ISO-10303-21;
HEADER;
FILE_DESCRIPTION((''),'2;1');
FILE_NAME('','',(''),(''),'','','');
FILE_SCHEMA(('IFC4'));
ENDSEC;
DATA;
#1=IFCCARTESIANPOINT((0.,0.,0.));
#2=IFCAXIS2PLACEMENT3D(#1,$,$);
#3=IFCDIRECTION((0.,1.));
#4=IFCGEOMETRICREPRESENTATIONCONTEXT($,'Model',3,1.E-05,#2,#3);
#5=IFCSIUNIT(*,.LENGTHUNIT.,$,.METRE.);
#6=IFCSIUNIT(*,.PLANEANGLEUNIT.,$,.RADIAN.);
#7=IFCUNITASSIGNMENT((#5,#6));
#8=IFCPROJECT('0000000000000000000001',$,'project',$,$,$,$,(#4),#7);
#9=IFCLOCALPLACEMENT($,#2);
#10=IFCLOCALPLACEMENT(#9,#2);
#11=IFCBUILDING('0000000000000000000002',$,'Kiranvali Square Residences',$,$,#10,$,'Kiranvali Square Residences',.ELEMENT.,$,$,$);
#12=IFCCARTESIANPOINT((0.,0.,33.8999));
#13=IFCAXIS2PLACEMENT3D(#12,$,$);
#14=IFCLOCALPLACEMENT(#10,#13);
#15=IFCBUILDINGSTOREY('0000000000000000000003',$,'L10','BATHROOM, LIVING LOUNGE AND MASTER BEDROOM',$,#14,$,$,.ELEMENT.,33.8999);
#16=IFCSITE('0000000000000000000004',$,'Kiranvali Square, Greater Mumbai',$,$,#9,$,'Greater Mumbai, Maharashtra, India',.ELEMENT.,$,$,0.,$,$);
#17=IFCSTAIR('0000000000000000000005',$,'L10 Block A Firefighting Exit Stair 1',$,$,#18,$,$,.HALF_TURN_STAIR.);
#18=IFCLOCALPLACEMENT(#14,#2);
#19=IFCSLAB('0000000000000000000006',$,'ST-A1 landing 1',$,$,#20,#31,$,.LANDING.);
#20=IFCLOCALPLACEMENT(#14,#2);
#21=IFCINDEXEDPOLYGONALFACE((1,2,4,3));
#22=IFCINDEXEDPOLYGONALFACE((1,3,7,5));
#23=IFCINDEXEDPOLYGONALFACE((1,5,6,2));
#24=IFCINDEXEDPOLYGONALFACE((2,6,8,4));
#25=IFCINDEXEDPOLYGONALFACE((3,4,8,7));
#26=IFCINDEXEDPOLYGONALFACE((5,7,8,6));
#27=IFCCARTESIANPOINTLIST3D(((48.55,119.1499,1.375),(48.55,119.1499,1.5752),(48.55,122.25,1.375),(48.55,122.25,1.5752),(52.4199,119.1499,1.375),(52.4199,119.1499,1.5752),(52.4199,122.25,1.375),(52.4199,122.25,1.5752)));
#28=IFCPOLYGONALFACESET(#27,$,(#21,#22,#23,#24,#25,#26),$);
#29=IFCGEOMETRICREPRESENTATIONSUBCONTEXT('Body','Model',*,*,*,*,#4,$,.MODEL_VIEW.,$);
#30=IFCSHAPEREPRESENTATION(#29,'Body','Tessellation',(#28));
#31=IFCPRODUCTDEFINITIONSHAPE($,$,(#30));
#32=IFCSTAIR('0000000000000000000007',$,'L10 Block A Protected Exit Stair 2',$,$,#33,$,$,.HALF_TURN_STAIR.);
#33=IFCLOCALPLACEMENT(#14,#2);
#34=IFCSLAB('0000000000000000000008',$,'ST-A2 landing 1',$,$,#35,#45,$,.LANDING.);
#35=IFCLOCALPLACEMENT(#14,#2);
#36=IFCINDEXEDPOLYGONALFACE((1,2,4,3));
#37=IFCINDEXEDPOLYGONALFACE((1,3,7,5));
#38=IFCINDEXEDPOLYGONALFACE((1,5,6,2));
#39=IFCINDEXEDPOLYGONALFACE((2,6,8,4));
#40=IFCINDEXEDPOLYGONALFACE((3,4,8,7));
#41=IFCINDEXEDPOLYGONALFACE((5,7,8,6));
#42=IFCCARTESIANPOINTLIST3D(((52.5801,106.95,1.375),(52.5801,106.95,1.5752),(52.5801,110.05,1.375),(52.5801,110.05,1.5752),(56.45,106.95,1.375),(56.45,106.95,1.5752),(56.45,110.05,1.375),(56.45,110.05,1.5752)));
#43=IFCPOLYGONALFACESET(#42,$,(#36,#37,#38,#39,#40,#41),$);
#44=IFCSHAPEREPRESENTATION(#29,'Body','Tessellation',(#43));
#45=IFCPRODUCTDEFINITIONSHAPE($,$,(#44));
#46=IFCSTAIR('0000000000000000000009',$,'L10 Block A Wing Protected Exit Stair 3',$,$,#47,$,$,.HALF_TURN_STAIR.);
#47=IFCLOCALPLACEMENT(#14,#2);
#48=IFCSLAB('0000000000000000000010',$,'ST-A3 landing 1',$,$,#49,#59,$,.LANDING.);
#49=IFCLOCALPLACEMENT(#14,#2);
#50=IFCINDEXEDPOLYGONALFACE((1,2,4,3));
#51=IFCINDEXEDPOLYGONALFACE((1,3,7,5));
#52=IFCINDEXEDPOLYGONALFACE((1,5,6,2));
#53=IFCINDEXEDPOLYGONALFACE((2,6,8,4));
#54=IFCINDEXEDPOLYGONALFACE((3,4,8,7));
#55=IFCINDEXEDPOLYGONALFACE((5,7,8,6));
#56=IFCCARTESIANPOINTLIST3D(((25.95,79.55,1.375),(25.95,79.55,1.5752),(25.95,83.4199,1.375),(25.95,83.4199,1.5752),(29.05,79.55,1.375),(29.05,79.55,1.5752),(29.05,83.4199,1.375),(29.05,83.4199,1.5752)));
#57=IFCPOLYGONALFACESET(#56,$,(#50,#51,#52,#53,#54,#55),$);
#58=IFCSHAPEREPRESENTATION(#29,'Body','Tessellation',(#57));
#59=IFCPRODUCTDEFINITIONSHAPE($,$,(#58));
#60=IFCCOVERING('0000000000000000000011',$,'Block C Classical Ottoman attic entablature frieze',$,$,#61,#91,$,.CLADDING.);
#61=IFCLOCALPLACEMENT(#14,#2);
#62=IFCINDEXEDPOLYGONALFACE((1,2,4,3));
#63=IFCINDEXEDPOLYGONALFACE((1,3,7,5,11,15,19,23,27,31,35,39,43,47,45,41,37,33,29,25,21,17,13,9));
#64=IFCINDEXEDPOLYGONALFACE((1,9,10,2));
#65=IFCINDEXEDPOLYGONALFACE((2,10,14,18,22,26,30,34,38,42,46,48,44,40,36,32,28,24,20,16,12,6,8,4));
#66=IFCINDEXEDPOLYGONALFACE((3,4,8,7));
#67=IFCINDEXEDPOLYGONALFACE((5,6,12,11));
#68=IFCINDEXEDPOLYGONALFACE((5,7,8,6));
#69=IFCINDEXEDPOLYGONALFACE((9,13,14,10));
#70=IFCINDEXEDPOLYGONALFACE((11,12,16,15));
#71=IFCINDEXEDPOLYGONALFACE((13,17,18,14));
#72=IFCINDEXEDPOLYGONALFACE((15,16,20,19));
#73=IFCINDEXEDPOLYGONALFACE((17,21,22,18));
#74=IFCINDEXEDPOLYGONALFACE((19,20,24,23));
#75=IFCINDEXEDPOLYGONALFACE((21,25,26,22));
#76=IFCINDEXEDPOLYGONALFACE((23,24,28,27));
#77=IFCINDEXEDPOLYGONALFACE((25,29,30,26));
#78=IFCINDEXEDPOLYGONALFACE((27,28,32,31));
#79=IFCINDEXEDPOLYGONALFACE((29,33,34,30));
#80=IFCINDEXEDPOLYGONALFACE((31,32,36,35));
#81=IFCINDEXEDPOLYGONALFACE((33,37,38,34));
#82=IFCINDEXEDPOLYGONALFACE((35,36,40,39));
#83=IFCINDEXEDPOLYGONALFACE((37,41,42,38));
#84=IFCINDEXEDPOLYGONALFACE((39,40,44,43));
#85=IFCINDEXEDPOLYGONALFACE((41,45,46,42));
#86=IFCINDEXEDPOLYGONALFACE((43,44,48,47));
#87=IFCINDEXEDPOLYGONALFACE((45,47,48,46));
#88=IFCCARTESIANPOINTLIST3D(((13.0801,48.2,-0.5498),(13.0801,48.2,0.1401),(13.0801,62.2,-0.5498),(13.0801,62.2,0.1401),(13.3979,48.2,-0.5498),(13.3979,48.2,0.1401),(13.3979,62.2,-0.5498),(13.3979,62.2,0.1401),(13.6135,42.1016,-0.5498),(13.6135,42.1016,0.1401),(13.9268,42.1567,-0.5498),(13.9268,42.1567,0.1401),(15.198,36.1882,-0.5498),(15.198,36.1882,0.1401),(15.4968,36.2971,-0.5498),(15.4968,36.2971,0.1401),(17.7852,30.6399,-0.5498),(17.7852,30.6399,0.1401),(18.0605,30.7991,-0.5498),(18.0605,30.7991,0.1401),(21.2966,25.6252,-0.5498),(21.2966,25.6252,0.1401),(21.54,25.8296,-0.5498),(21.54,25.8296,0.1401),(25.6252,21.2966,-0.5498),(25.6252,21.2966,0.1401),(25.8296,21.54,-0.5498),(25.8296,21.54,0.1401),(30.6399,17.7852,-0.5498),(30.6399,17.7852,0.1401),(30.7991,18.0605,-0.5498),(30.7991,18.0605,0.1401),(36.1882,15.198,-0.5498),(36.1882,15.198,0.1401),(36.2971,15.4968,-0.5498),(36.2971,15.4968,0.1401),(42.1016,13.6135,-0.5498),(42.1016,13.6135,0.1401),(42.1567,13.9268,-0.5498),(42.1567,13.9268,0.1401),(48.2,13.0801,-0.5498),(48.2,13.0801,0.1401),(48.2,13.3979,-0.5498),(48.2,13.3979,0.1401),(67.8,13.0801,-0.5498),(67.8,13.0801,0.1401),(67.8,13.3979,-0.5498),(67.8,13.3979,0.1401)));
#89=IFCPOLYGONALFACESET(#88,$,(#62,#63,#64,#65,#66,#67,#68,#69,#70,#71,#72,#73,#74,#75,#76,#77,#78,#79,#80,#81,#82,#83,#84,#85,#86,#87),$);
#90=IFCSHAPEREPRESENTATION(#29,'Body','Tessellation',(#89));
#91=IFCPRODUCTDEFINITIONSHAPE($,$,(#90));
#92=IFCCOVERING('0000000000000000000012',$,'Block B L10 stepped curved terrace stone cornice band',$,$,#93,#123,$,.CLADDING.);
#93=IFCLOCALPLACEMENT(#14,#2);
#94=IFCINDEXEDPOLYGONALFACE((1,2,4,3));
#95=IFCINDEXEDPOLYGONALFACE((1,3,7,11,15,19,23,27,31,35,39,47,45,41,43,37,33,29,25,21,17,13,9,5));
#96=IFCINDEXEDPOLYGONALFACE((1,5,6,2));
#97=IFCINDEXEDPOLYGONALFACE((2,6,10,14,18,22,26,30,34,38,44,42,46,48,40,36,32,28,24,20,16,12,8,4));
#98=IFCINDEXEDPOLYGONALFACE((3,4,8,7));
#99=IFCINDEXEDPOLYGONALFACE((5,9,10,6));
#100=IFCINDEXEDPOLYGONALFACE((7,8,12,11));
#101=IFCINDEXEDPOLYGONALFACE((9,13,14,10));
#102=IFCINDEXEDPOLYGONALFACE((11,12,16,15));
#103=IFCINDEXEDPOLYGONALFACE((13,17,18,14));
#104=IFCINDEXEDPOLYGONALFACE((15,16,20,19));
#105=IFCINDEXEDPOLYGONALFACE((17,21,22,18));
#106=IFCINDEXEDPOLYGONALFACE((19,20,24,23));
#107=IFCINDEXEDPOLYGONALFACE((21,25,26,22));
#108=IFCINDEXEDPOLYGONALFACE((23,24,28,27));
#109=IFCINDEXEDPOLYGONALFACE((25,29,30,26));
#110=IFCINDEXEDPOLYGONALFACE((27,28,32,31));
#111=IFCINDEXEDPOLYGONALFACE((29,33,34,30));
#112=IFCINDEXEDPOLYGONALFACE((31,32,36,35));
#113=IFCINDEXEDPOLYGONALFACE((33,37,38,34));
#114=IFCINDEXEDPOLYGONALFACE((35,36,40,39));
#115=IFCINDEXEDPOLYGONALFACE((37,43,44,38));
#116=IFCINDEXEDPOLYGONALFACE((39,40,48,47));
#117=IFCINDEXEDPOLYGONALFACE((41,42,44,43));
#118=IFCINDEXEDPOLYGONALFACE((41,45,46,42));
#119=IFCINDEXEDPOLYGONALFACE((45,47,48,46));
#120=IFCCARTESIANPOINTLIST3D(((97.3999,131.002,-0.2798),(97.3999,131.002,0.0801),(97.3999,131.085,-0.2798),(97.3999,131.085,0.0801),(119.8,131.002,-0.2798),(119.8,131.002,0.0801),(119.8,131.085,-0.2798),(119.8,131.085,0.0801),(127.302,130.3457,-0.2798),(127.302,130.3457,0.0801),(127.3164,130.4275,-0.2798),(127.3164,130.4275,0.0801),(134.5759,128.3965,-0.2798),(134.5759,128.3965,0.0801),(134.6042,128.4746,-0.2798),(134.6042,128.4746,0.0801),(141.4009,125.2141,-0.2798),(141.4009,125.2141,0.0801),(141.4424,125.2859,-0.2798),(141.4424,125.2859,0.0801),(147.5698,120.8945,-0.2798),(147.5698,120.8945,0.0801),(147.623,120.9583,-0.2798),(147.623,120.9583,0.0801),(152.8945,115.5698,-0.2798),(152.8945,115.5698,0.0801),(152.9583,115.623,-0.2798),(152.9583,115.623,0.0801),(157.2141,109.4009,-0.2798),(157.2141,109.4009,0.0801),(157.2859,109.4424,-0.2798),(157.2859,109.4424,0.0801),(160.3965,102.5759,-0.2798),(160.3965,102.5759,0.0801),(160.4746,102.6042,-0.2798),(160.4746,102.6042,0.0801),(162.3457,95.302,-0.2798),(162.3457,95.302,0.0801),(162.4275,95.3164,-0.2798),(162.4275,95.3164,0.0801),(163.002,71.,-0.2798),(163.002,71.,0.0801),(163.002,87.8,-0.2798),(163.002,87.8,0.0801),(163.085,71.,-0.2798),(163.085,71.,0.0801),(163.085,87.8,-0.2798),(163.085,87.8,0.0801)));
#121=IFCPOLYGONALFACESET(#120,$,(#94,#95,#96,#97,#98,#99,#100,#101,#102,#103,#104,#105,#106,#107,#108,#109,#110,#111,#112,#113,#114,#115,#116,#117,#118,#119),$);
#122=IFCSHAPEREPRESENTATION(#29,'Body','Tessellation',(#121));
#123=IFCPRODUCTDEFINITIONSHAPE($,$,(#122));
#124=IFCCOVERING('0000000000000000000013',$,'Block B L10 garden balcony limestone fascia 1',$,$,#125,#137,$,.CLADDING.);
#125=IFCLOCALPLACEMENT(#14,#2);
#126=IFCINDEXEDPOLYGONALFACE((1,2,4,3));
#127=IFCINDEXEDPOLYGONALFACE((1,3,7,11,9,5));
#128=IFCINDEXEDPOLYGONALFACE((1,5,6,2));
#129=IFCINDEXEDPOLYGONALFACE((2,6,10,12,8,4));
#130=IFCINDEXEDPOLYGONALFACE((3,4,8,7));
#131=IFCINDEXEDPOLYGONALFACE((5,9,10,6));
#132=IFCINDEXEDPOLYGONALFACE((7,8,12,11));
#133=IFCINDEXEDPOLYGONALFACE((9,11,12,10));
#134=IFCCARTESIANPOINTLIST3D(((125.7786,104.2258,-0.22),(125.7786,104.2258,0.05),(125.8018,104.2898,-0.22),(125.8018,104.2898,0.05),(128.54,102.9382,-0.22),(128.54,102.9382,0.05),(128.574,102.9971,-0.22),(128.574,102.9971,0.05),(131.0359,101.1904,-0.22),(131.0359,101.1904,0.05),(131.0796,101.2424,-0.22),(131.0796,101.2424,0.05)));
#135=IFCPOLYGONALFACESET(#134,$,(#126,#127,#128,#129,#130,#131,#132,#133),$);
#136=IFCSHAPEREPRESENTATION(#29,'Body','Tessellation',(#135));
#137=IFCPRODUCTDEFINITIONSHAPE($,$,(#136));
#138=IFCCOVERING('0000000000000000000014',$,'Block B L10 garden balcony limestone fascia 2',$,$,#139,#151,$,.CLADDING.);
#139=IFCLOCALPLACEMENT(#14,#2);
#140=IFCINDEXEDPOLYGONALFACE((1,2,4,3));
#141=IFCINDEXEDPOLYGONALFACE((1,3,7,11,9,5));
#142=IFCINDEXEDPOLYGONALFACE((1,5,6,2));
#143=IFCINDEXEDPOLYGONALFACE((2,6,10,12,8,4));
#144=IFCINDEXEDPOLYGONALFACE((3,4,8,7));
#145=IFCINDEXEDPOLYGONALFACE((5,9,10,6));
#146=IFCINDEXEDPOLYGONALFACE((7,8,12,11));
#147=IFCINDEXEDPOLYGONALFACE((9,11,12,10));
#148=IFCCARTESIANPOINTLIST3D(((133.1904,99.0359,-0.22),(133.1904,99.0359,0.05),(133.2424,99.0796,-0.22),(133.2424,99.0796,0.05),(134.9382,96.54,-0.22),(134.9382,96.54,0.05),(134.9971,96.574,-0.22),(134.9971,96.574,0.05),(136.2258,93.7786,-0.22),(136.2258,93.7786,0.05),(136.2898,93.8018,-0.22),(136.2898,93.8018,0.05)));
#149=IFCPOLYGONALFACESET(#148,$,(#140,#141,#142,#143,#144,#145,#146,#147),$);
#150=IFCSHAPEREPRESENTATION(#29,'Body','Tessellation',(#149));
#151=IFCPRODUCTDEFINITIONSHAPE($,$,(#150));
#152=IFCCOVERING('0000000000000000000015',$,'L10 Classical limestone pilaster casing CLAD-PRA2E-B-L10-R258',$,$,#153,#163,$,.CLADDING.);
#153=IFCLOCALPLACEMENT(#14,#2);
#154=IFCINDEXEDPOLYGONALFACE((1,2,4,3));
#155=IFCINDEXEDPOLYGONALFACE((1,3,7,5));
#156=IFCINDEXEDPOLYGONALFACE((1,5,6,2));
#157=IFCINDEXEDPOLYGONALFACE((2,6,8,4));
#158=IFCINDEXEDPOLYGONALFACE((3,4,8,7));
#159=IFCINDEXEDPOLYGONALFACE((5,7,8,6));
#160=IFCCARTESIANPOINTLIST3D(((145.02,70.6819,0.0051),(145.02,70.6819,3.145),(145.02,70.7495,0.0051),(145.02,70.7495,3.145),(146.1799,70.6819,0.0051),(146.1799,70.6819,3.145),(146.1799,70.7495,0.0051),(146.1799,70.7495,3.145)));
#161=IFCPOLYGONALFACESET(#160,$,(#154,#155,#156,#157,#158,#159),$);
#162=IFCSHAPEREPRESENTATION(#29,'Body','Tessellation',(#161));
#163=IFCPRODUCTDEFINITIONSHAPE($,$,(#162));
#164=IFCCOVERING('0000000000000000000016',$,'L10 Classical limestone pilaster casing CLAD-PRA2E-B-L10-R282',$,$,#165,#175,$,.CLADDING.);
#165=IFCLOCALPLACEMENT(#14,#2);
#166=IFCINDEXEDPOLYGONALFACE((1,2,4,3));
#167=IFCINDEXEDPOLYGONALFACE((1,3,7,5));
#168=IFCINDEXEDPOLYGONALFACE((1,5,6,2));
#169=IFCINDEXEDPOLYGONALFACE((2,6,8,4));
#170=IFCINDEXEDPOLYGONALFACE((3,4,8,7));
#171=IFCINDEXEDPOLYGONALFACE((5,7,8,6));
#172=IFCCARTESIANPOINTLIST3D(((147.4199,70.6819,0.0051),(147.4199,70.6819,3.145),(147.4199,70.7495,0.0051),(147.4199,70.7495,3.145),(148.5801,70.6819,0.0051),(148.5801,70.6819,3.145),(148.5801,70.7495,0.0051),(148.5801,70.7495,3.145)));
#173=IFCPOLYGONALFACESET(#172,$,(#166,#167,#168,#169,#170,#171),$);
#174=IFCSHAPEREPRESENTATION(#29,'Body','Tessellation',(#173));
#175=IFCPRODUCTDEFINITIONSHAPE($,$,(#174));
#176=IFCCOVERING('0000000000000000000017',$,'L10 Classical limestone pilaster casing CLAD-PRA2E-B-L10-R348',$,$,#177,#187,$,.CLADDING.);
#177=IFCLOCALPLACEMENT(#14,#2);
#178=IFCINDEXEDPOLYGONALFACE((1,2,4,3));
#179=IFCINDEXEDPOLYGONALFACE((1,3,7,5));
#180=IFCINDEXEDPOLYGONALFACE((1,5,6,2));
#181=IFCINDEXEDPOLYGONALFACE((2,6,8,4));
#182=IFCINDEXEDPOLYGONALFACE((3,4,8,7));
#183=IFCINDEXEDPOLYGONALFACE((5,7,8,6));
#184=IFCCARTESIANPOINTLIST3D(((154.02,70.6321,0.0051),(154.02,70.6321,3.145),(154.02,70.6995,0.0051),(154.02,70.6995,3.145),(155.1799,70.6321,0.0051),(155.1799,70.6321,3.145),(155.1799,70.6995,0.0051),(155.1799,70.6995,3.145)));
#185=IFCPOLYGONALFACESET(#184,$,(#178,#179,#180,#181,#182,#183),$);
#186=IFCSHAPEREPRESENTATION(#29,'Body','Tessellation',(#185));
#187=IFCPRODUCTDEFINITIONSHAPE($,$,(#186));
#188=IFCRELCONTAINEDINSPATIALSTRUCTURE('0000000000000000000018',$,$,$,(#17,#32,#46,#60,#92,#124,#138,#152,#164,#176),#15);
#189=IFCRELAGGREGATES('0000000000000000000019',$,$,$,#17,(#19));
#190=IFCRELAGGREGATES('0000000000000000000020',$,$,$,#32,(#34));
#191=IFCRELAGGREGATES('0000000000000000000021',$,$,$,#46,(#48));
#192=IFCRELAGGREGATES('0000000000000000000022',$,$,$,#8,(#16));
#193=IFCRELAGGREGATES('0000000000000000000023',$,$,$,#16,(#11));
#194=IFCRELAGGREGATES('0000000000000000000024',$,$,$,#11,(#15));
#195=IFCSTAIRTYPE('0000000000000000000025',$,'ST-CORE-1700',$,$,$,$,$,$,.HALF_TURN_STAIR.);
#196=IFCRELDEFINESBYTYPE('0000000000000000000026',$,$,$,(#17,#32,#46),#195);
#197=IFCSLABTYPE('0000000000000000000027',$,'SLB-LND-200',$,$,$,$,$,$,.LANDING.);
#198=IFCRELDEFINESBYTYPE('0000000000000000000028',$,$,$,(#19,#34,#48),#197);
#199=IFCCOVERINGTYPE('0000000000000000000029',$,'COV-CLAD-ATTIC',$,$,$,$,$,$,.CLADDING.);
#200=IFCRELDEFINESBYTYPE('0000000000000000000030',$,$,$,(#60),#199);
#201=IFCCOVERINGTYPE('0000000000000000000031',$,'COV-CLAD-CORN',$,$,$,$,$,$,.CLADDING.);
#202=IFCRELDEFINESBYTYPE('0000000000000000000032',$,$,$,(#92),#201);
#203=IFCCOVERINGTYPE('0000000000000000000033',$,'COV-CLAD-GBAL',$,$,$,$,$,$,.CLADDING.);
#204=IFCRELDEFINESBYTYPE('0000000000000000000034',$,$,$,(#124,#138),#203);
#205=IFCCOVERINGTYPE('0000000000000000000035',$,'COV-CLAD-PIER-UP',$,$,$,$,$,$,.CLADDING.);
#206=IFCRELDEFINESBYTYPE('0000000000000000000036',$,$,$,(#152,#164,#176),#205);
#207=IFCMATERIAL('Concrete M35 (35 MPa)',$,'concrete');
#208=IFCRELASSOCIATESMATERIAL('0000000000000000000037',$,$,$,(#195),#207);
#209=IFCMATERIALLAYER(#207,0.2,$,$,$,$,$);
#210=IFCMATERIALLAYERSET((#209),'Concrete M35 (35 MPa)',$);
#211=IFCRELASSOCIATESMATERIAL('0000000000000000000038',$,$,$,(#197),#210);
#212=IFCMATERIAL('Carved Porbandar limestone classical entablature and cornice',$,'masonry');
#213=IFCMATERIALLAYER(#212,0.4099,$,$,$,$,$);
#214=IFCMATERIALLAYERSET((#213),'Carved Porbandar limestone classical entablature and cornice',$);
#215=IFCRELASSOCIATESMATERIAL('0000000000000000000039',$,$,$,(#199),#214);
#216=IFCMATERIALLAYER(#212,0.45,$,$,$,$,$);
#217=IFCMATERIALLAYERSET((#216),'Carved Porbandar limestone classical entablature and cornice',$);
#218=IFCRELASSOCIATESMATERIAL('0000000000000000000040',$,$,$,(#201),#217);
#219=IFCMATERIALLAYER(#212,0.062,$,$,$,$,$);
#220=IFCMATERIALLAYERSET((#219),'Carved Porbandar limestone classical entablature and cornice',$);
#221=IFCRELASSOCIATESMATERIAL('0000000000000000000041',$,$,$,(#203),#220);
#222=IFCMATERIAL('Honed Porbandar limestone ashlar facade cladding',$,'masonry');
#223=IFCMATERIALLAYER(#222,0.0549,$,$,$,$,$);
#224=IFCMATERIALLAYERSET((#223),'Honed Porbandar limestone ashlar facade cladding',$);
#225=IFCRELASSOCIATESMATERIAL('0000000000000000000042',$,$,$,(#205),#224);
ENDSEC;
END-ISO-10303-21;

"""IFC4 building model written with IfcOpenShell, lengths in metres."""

from ifc_helpers import new_model, si_unit, direction, frame, origin, place, context, subcontext, project, spatial, polyline, outline, extrude, material, layer, layer_set, type_object, element, aggregate, save


model = new_model("IFC4")

# Units and contexts
model_context = context("Model", 3, precision=1e-05, world=origin(), true_north=direction((0.0, 1.0)))
body_context = subcontext(model_context, "Body", "Model", "MODEL_VIEW")
ifc_project = project(units=[si_unit("LENGTHUNIT", "METRE"), si_unit("PLANEANGLEUNIT", "RADIAN")], contexts=[model_context])

# Site, building, storey
site_placement = place(None, origin())
site = spatial("IfcSite", under=ifc_project, at=site_placement, Name="Kiranvali Square, Greater Mumbai", LongName="Greater Mumbai, Maharashtra, India", CompositionType="ELEMENT", RefElevation=0.0)
building_placement = place(site_placement, origin())
building = spatial("IfcBuilding", under=site, at=building_placement, Name="Kiranvali Square Residences", LongName="Kiranvali Square Residences", CompositionType="ELEMENT")
storey_placement = place(building_placement, frame((0.0, 0.0, 33.8999)))
storey = spatial("IfcBuildingStorey", under=building, at=storey_placement, Name="L10", Description="BATHROOM, LIVING LOUNGE AND MASTER BEDROOM", CompositionType="ELEMENT", Elevation=33.8999)

# Stairs, slabs
ifc_material_1 = material(Name="Concrete M35 (35 MPa)", Category="concrete")
stair_type = type_object("IfcStairType", Name="ST-CORE-1700", PredefinedType="HALF_TURN_STAIR", material=ifc_material_1)
stair_1_placement = place(storey_placement, origin())
stair_1 = element("IfcStair", 1, at=stair_1_placement, inside=storey, type_object=stair_type, Name="L10 Block A Firefighting Exit Stair 1", PredefinedType="HALF_TURN_STAIR")
ifc_layer_1 = layer(ifc_material_1, 0.2)
ifc_layer_set_1 = layer_set([ifc_layer_1], Name="Concrete M35 (35 MPa)")
slab_type = type_object("IfcSlabType", Name="SLB-LND-200", PredefinedType="LANDING", material=ifc_layer_set_1)
slab_1_placement = place(storey_placement, frame((0.0, 0.0, 1.375)))
slab_1 = element("IfcSlab", 2, at=slab_1_placement, type_object=slab_type, Name="ST-A1 landing 1", PredefinedType="LANDING", context=body_context, shape_type="SweptSolid", body=[
    extrude(outline(polyline([(52.4199, 122.25), (48.55, 122.25), (48.55, 119.1499), (52.4199, 119.1499), (52.4199, 122.25)])), origin(), (0.0, 0.0, 1.0), 0.2002),
])
aggregate(stair_1, [slab_1])
stair_2_placement = place(storey_placement, origin())
stair_2 = element("IfcStair", 3, at=stair_2_placement, inside=storey, type_object=stair_type, Name="L10 Block A Protected Exit Stair 2", PredefinedType="HALF_TURN_STAIR")
slab_2_placement = place(storey_placement, frame((0.0, 0.0, 1.375)))
slab_2 = element("IfcSlab", 4, at=slab_2_placement, type_object=slab_type, Name="ST-A2 landing 1", PredefinedType="LANDING", context=body_context, shape_type="SweptSolid", body=[
    extrude(outline(polyline([(52.5801, 106.95), (56.45, 106.95), (56.45, 110.05), (52.5801, 110.05), (52.5801, 106.95)])), origin(), (0.0, 0.0, 1.0), 0.2002),
])
aggregate(stair_2, [slab_2])
stair_3_placement = place(storey_placement, origin())
stair_3 = element("IfcStair", 5, at=stair_3_placement, inside=storey, type_object=stair_type, Name="L10 Block A Wing Protected Exit Stair 3", PredefinedType="HALF_TURN_STAIR")
slab_3_placement = place(storey_placement, frame((0.0, 0.0, 1.375)))
slab_3 = element("IfcSlab", 6, at=slab_3_placement, type_object=slab_type, Name="ST-A3 landing 1", PredefinedType="LANDING", context=body_context, shape_type="SweptSolid", body=[
    extrude(outline(polyline([(25.95, 83.4199), (25.95, 79.55), (29.05, 79.55), (29.05, 83.4199), (25.95, 83.4199)])), origin(), (0.0, 0.0, 1.0), 0.2002),
])
aggregate(stair_3, [slab_3])

# Coverings
ifc_material_2 = material(Name="Carved Porbandar limestone classical entablature and cornice", Category="masonry")
ifc_layer_2 = layer(ifc_material_2, 0.4099)
ifc_layer_set_2 = layer_set([ifc_layer_2], Name="Carved Porbandar limestone classical entablature and cornice")
covering_type_1 = type_object("IfcCoveringType", Name="COV-CLAD-ATTIC", PredefinedType="CLADDING", material=ifc_layer_set_2)
covering_1_placement = place(storey_placement, frame((0.0, 0.0, -0.5498)))
element("IfcCovering", 7, at=covering_1_placement, inside=storey, type_object=covering_type_1, Name="Block C Classical Ottoman attic entablature frieze", PredefinedType="CLADDING", context=body_context, shape_type="SweptSolid", body=[
    extrude(outline(polyline([(67.8, 13.3979), (48.2, 13.3979), (42.1567, 13.9268), (36.2971, 15.4968), (30.7991, 18.0605), (25.8296, 21.54), (21.54, 25.8296), (18.0605, 30.7991), (15.4968, 36.2971), (13.9268, 42.1567), (13.3979, 48.2), (13.3979, 62.2), (13.0801, 62.2), (13.0801, 48.2), (13.6135, 42.1016), (15.198, 36.1882), (17.7852, 30.6399), (21.2966, 25.6252), (25.6252, 21.2966), (30.6399, 17.7852), (36.1882, 15.198), (42.1016, 13.6135), (48.2, 13.0801), (67.8, 13.0801), (67.8, 13.3979)])), origin(), (0.0, 0.0, 1.0), 0.6899),
])
ifc_layer_3 = layer(ifc_material_2, 0.45)
ifc_layer_set_3 = layer_set([ifc_layer_3], Name="Carved Porbandar limestone classical entablature and cornice")
covering_type_2 = type_object("IfcCoveringType", Name="COV-CLAD-CORN", PredefinedType="CLADDING", material=ifc_layer_set_3)
covering_2_placement = place(storey_placement, frame((0.0, 0.0, -0.2798)))
element("IfcCovering", 8, at=covering_2_placement, inside=storey, type_object=covering_type_2, Name="Block B L10 stepped curved terrace stone cornice band", PredefinedType="CLADDING", context=body_context, shape_type="SweptSolid", body=[
    extrude(outline(polyline([(97.3999, 131.002), (119.8, 131.002), (127.302, 130.3457), (134.5759, 128.3965), (141.4009, 125.2141), (147.5698, 120.8945), (152.8945, 115.5698), (157.2141, 109.4009), (160.3965, 102.5759), (162.3457, 95.302), (163.002, 87.8), (163.002, 71.0), (163.085, 71.0), (163.085, 87.8), (162.4275, 95.3164), (160.4746, 102.6042), (157.2859, 109.4424), (152.9583, 115.623), (147.623, 120.9583), (141.4424, 125.2859), (134.6042, 128.4746), (127.3164, 130.4275), (119.8, 131.085), (97.3999, 131.085), (97.3999, 131.002)])), origin(), (0.0, 0.0, 1.0), 0.3599),
])
ifc_layer_4 = layer(ifc_material_2, 0.062)
ifc_layer_set_4 = layer_set([ifc_layer_4], Name="Carved Porbandar limestone classical entablature and cornice")
covering_type_3 = type_object("IfcCoveringType", Name="COV-CLAD-GBAL", PredefinedType="CLADDING", material=ifc_layer_set_4)
covering_3_placement = place(storey_placement, frame((0.0, 0.0, -0.22)))
element("IfcCovering", 9, at=covering_3_placement, inside=storey, type_object=covering_type_3, Name="Block B L10 garden balcony limestone fascia 1", PredefinedType="CLADDING", context=body_context, shape_type="SweptSolid", body=[
    extrude(outline(polyline([(125.7786, 104.2258), (128.54, 102.9382), (131.0359, 101.1904), (131.0796, 101.2424), (128.574, 102.9971), (125.8018, 104.2898), (125.7786, 104.2258)])), origin(), (0.0, 0.0, 1.0), 0.27),
])
covering_4_placement = place(storey_placement, frame((0.0, 0.0, -0.22)))
element("IfcCovering", 10, at=covering_4_placement, inside=storey, type_object=covering_type_3, Name="Block B L10 garden balcony limestone fascia 2", PredefinedType="CLADDING", context=body_context, shape_type="SweptSolid", body=[
    extrude(outline(polyline([(133.1904, 99.0359), (134.9382, 96.54), (136.2258, 93.7786), (136.2898, 93.8018), (134.9971, 96.574), (133.2424, 99.0796), (133.1904, 99.0359)])), origin(), (0.0, 0.0, 1.0), 0.27),
])
ifc_material_3 = material(Name="Honed Porbandar limestone ashlar facade cladding", Category="masonry")
ifc_layer_5 = layer(ifc_material_3, 0.0549)
ifc_layer_set_5 = layer_set([ifc_layer_5], Name="Honed Porbandar limestone ashlar facade cladding")
covering_type_4 = type_object("IfcCoveringType", Name="COV-CLAD-PIER-UP", PredefinedType="CLADDING", material=ifc_layer_set_5)
covering_5_placement = place(storey_placement, frame((0.0, 0.0, 0.0051)))
element("IfcCovering", 11, at=covering_5_placement, inside=storey, type_object=covering_type_4, Name="L10 Classical limestone pilaster casing CLAD-PRA2E-B-L10-R258", PredefinedType="CLADDING", context=body_context, shape_type="SweptSolid", body=[
    extrude(outline(polyline([(145.02, 70.6819), (146.1799, 70.6819), (146.1799, 70.7495), (145.02, 70.7495), (145.02, 70.6819)])), origin(), (0.0, 0.0, 1.0), 3.1399),
])
covering_6_placement = place(storey_placement, frame((0.0, 0.0, 0.0051)))
element("IfcCovering", 12, at=covering_6_placement, inside=storey, type_object=covering_type_4, Name="L10 Classical limestone pilaster casing CLAD-PRA2E-B-L10-R282", PredefinedType="CLADDING", context=body_context, shape_type="SweptSolid", body=[
    extrude(outline(polyline([(147.4199, 70.6819), (148.5801, 70.6819), (148.5801, 70.7495), (147.4199, 70.7495), (147.4199, 70.6819)])), origin(), (0.0, 0.0, 1.0), 3.1399),
])
covering_7_placement = place(storey_placement, frame((0.0, 0.0, 0.0051)))
element("IfcCovering", 13, at=covering_7_placement, inside=storey, type_object=covering_type_4, Name="L10 Classical limestone pilaster casing CLAD-PRA2E-B-L10-R348", PredefinedType="CLADDING", context=body_context, shape_type="SweptSolid", body=[
    extrude(outline(polyline([(154.02, 70.6321), (155.1799, 70.6321), (155.1799, 70.6995), (154.02, 70.6995), (154.02, 70.6321)])), origin(), (0.0, 0.0, 1.0), 3.1399),
])

save(model, "model.ifc")
